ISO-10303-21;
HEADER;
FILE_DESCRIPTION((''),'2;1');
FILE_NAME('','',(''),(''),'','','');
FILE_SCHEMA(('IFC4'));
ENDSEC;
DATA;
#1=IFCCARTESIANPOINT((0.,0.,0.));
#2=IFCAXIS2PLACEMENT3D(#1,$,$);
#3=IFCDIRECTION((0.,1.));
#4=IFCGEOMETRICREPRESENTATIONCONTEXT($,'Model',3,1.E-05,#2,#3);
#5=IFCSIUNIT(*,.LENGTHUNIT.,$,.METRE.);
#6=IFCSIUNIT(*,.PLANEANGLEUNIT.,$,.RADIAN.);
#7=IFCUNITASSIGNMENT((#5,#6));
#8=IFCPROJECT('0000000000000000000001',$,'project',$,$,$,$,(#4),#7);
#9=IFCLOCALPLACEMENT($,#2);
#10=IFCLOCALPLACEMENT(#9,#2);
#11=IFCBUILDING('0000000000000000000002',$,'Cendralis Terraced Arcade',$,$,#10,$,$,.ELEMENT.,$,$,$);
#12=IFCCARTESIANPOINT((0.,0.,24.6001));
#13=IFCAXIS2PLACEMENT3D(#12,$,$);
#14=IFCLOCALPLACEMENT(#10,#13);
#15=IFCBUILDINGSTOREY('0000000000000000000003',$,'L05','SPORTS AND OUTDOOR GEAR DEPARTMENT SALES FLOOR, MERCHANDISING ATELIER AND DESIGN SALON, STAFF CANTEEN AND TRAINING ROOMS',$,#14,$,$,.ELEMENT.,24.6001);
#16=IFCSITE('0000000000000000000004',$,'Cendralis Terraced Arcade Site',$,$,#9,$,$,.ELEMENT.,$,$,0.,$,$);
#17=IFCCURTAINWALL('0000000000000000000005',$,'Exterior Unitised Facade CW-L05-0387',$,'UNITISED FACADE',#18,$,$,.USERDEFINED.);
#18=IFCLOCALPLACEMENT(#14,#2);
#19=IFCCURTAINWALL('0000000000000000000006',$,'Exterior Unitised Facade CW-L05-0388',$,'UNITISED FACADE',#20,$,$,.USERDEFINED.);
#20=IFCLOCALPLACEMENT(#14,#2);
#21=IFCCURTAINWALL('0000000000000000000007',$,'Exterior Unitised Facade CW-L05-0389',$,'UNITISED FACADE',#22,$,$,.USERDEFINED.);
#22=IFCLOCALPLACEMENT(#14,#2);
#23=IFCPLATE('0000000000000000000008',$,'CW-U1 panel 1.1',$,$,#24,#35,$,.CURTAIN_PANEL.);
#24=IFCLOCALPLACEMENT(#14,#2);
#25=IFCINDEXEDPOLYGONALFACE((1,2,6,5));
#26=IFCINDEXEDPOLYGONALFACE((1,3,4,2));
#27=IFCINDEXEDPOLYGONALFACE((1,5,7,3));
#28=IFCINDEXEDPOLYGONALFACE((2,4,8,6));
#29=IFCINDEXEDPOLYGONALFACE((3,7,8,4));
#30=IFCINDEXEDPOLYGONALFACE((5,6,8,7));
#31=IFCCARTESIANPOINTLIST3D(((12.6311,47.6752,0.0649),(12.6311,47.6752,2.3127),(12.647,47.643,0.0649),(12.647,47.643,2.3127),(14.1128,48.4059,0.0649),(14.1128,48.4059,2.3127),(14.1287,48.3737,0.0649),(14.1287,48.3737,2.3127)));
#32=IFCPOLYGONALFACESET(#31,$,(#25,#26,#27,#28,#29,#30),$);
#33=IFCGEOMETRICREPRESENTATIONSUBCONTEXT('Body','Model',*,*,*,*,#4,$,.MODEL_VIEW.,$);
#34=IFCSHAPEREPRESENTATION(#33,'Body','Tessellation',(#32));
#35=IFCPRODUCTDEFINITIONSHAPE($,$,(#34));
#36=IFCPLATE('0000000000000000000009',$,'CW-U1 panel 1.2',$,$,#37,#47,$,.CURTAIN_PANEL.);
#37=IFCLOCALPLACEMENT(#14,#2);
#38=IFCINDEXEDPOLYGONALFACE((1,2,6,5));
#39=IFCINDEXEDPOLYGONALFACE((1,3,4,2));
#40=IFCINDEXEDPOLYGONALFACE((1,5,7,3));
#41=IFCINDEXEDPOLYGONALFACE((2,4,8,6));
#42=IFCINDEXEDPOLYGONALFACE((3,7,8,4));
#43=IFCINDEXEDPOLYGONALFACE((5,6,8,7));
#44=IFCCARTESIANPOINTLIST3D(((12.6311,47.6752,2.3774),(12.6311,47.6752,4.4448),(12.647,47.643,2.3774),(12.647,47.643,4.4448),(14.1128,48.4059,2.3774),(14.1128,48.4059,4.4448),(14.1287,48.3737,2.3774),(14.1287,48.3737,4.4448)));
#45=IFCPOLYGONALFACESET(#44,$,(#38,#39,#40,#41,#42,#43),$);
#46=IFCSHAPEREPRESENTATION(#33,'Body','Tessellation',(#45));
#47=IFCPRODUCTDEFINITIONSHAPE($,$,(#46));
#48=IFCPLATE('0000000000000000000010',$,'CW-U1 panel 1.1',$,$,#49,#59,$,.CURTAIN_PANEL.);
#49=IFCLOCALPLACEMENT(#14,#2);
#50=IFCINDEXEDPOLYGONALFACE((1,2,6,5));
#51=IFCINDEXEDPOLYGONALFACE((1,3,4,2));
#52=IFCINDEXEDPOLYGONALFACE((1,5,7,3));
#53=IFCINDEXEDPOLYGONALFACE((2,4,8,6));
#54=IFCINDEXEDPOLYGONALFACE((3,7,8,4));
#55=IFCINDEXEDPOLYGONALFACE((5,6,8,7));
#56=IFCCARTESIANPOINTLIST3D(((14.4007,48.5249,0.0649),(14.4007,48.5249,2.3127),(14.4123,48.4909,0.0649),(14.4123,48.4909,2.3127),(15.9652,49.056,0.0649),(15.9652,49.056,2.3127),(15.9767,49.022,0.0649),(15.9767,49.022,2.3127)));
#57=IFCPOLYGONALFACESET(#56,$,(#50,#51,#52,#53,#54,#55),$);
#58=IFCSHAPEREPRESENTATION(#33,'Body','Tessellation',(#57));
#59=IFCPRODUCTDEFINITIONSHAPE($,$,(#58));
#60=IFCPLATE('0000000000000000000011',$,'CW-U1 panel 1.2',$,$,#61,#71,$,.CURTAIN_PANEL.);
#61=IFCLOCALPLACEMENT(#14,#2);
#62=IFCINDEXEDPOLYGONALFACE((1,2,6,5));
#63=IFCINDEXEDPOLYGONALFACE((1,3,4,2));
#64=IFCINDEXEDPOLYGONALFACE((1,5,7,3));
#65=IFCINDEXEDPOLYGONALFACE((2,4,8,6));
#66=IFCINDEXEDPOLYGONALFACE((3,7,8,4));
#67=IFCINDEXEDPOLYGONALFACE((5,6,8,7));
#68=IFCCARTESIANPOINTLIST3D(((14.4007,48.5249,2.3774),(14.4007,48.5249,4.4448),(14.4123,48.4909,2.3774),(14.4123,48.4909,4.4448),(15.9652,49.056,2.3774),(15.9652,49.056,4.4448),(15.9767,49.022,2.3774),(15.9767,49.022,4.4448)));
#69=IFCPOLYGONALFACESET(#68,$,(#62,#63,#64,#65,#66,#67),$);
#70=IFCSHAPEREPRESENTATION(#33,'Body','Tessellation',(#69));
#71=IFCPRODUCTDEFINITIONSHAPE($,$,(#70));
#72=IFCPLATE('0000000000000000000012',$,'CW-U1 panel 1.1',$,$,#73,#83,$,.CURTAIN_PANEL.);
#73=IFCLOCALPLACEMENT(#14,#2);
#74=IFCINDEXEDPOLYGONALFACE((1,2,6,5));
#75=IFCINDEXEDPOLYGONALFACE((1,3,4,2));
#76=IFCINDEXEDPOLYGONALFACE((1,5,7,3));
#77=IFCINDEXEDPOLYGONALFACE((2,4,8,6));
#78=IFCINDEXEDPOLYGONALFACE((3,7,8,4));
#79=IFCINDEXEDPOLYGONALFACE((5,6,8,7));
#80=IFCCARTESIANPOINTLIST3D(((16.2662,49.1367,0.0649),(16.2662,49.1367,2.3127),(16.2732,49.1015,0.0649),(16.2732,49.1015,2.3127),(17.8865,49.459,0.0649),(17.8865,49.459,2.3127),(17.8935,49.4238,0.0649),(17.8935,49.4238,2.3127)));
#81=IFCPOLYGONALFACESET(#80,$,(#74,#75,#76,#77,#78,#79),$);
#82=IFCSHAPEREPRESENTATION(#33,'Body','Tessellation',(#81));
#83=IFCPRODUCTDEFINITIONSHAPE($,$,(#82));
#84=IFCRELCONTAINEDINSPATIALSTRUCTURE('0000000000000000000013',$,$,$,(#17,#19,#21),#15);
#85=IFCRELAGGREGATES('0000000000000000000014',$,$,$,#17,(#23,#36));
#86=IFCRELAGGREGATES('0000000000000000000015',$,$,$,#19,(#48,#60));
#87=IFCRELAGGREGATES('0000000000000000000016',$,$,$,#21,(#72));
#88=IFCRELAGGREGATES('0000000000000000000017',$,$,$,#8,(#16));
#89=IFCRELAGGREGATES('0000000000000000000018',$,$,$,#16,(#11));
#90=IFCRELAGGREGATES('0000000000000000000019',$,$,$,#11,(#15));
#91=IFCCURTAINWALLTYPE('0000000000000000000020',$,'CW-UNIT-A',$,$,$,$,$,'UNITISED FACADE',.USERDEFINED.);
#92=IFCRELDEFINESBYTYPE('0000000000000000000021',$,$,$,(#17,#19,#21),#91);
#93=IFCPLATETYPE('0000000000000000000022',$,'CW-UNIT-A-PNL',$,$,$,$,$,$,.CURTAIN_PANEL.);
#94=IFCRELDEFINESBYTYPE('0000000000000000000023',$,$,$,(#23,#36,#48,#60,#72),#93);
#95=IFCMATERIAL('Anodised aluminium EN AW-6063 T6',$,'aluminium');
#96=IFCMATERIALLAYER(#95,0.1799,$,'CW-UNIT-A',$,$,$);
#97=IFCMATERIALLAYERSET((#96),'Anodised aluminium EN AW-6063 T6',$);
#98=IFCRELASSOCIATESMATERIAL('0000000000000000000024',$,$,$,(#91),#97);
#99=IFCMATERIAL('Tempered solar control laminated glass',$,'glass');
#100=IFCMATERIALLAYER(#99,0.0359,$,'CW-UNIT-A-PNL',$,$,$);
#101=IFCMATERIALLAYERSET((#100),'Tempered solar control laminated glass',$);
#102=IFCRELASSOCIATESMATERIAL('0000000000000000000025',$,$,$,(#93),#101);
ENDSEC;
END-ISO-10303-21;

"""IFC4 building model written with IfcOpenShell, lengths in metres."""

from ifc_helpers import new_model, si_unit, direction, frame, origin, origin_2d, place, context, subcontext, project, spatial, rectangle, extrude, material, layer, layer_set, type_object, element, aggregate, save


model = new_model("IFC4")

# Units and contexts
model_context = context("Model", 3, precision=1e-05, world=origin(), true_north=direction((0.0, 1.0)))
body_context = subcontext(model_context, "Body", "Model", "MODEL_VIEW")
ifc_project = project(units=[si_unit("LENGTHUNIT", "METRE"), si_unit("PLANEANGLEUNIT", "RADIAN")], contexts=[model_context])

# Site, building, storey
site_placement = place(None, origin())
site = spatial("IfcSite", under=ifc_project, at=site_placement, Name="Cendralis Terraced Arcade Site", CompositionType="ELEMENT", RefElevation=0.0)
building_placement = place(site_placement, origin())
building = spatial("IfcBuilding", under=site, at=building_placement, Name="Cendralis Terraced Arcade", CompositionType="ELEMENT")
storey_placement = place(building_placement, frame((0.0, 0.0, 24.6001)))
storey = spatial("IfcBuildingStorey", under=building, at=storey_placement, Name="L05", Description="SPORTS AND OUTDOOR GEAR DEPARTMENT SALES FLOOR, MERCHANDISING ATELIER AND DESIGN SALON, STAFF CANTEEN AND TRAINING ROOMS", CompositionType="ELEMENT", Elevation=24.6001)

# Shared definitions
ifc_material_1 = material(Name="Anodised aluminium EN AW-6063 T6", Category="aluminium")
ifc_layer_1 = layer(ifc_material_1, 0.1799, Name="CW-UNIT-A")
ifc_layer_set_1 = layer_set([ifc_layer_1], Name="Anodised aluminium EN AW-6063 T6")
curtain_wall_type = type_object("IfcCurtainWallType", Name="CW-UNIT-A", ElementType="UNITISED FACADE", PredefinedType="USERDEFINED", material=ifc_layer_set_1)

# Curtain walls
curtain_wall_1_placement = place(storey_placement, origin())
curtain_wall_1 = element("IfcCurtainWall", 1, at=curtain_wall_1_placement, inside=storey, type_object=curtain_wall_type, Name="Exterior Unitised Facade CW-L05-0387", ObjectType="UNITISED FACADE", PredefinedType="USERDEFINED")
curtain_wall_2_placement = place(storey_placement, origin())
curtain_wall_2 = element("IfcCurtainWall", 2, at=curtain_wall_2_placement, inside=storey, type_object=curtain_wall_type, Name="Exterior Unitised Facade CW-L05-0388", ObjectType="UNITISED FACADE", PredefinedType="USERDEFINED")

# Curtain wall
curtain_wall_3_placement = place(storey_placement, origin())
curtain_wall_3 = element("IfcCurtainWall", 3, at=curtain_wall_3_placement, inside=storey, type_object=curtain_wall_type, Name="Exterior Unitised Facade CW-L05-0389", ObjectType="UNITISED FACADE", PredefinedType="USERDEFINED")

# Plates
ifc_material_2 = material(Name="Tempered solar control laminated glass", Category="glass")
ifc_layer_2 = layer(ifc_material_2, 0.0359, Name="CW-UNIT-A-PNL")
ifc_layer_set_2 = layer_set([ifc_layer_2], Name="Tempered solar control laminated glass")
plate_type = type_object("IfcPlateType", Name="CW-UNIT-A-PNL", PredefinedType="CURTAIN_PANEL", material=ifc_layer_set_2)
plate_1_placement = place(storey_placement, frame((13.3799, 48.0244, 0.0649), z_axis=(0.0, 0.0, 1.0), x_axis=(0.896871, 0.442291, 0.0)))
plate_1 = element("IfcPlate", 4, at=plate_1_placement, type_object=plate_type, Name="CW-U1 panel 1.1", PredefinedType="CURTAIN_PANEL", context=body_context, shape_type="SweptSolid", body=[
    extrude(rectangle(XDim=1.6521, YDim=0.0359, at=origin_2d()), origin(), (0.0, 0.0, 1.0), 2.2478),
])
plate_2_placement = place(storey_placement, frame((13.3799, 48.0244, 2.3774), z_axis=(0.0, 0.0, 1.0), x_axis=(0.896871, 0.442291, 0.0)))
plate_2 = element("IfcPlate", 5, at=plate_2_placement, type_object=plate_type, Name="CW-U1 panel 1.2", PredefinedType="CURTAIN_PANEL", context=body_context, shape_type="SweptSolid", body=[
    extrude(rectangle(XDim=1.6521, YDim=0.0359, at=origin_2d()), origin(), (0.0, 0.0, 1.0), 2.0674),
])
aggregate(curtain_wall_1, [plate_1, plate_2])
plate_3_placement = place(storey_placement, frame((15.1887, 48.7734, 0.0649), z_axis=(0.0, 0.0, 1.0), x_axis=(0.946924, 0.321458, 0.0)))
plate_3 = element("IfcPlate", 6, at=plate_3_placement, type_object=plate_type, Name="CW-U1 panel 1.1", PredefinedType="CURTAIN_PANEL", context=body_context, shape_type="SweptSolid", body=[
    extrude(rectangle(XDim=1.6521, YDim=0.0359, at=origin_2d()), origin(), (0.0, 0.0, 1.0), 2.2478),
])
plate_4_placement = place(storey_placement, frame((15.1887, 48.7734, 2.3774), z_axis=(0.0, 0.0, 1.0), x_axis=(0.946924, 0.321458, 0.0)))
plate_4 = element("IfcPlate", 7, at=plate_4_placement, type_object=plate_type, Name="CW-U1 panel 1.2", PredefinedType="CURTAIN_PANEL", context=body_context, shape_type="SweptSolid", body=[
    extrude(rectangle(XDim=1.6521, YDim=0.0359, at=origin_2d()), origin(), (0.0, 0.0, 1.0), 2.0674),
])
aggregate(curtain_wall_2, [plate_3, plate_4])
plate_5_placement = place(storey_placement, frame((17.0798, 49.2803, 0.0649), z_axis=(0.0, 0.0, 1.0), x_axis=(0.980792, 0.195058, 0.0)))
plate_5 = element("IfcPlate", 8, at=plate_5_placement, type_object=plate_type, Name="CW-U1 panel 1.1", PredefinedType="CURTAIN_PANEL", context=body_context, shape_type="SweptSolid", body=[
    extrude(rectangle(XDim=1.6521, YDim=0.0359, at=origin_2d()), origin(), (0.0, 0.0, 1.0), 2.2478),
])
aggregate(curtain_wall_3, [plate_5])

save(model, "model.ifc")
